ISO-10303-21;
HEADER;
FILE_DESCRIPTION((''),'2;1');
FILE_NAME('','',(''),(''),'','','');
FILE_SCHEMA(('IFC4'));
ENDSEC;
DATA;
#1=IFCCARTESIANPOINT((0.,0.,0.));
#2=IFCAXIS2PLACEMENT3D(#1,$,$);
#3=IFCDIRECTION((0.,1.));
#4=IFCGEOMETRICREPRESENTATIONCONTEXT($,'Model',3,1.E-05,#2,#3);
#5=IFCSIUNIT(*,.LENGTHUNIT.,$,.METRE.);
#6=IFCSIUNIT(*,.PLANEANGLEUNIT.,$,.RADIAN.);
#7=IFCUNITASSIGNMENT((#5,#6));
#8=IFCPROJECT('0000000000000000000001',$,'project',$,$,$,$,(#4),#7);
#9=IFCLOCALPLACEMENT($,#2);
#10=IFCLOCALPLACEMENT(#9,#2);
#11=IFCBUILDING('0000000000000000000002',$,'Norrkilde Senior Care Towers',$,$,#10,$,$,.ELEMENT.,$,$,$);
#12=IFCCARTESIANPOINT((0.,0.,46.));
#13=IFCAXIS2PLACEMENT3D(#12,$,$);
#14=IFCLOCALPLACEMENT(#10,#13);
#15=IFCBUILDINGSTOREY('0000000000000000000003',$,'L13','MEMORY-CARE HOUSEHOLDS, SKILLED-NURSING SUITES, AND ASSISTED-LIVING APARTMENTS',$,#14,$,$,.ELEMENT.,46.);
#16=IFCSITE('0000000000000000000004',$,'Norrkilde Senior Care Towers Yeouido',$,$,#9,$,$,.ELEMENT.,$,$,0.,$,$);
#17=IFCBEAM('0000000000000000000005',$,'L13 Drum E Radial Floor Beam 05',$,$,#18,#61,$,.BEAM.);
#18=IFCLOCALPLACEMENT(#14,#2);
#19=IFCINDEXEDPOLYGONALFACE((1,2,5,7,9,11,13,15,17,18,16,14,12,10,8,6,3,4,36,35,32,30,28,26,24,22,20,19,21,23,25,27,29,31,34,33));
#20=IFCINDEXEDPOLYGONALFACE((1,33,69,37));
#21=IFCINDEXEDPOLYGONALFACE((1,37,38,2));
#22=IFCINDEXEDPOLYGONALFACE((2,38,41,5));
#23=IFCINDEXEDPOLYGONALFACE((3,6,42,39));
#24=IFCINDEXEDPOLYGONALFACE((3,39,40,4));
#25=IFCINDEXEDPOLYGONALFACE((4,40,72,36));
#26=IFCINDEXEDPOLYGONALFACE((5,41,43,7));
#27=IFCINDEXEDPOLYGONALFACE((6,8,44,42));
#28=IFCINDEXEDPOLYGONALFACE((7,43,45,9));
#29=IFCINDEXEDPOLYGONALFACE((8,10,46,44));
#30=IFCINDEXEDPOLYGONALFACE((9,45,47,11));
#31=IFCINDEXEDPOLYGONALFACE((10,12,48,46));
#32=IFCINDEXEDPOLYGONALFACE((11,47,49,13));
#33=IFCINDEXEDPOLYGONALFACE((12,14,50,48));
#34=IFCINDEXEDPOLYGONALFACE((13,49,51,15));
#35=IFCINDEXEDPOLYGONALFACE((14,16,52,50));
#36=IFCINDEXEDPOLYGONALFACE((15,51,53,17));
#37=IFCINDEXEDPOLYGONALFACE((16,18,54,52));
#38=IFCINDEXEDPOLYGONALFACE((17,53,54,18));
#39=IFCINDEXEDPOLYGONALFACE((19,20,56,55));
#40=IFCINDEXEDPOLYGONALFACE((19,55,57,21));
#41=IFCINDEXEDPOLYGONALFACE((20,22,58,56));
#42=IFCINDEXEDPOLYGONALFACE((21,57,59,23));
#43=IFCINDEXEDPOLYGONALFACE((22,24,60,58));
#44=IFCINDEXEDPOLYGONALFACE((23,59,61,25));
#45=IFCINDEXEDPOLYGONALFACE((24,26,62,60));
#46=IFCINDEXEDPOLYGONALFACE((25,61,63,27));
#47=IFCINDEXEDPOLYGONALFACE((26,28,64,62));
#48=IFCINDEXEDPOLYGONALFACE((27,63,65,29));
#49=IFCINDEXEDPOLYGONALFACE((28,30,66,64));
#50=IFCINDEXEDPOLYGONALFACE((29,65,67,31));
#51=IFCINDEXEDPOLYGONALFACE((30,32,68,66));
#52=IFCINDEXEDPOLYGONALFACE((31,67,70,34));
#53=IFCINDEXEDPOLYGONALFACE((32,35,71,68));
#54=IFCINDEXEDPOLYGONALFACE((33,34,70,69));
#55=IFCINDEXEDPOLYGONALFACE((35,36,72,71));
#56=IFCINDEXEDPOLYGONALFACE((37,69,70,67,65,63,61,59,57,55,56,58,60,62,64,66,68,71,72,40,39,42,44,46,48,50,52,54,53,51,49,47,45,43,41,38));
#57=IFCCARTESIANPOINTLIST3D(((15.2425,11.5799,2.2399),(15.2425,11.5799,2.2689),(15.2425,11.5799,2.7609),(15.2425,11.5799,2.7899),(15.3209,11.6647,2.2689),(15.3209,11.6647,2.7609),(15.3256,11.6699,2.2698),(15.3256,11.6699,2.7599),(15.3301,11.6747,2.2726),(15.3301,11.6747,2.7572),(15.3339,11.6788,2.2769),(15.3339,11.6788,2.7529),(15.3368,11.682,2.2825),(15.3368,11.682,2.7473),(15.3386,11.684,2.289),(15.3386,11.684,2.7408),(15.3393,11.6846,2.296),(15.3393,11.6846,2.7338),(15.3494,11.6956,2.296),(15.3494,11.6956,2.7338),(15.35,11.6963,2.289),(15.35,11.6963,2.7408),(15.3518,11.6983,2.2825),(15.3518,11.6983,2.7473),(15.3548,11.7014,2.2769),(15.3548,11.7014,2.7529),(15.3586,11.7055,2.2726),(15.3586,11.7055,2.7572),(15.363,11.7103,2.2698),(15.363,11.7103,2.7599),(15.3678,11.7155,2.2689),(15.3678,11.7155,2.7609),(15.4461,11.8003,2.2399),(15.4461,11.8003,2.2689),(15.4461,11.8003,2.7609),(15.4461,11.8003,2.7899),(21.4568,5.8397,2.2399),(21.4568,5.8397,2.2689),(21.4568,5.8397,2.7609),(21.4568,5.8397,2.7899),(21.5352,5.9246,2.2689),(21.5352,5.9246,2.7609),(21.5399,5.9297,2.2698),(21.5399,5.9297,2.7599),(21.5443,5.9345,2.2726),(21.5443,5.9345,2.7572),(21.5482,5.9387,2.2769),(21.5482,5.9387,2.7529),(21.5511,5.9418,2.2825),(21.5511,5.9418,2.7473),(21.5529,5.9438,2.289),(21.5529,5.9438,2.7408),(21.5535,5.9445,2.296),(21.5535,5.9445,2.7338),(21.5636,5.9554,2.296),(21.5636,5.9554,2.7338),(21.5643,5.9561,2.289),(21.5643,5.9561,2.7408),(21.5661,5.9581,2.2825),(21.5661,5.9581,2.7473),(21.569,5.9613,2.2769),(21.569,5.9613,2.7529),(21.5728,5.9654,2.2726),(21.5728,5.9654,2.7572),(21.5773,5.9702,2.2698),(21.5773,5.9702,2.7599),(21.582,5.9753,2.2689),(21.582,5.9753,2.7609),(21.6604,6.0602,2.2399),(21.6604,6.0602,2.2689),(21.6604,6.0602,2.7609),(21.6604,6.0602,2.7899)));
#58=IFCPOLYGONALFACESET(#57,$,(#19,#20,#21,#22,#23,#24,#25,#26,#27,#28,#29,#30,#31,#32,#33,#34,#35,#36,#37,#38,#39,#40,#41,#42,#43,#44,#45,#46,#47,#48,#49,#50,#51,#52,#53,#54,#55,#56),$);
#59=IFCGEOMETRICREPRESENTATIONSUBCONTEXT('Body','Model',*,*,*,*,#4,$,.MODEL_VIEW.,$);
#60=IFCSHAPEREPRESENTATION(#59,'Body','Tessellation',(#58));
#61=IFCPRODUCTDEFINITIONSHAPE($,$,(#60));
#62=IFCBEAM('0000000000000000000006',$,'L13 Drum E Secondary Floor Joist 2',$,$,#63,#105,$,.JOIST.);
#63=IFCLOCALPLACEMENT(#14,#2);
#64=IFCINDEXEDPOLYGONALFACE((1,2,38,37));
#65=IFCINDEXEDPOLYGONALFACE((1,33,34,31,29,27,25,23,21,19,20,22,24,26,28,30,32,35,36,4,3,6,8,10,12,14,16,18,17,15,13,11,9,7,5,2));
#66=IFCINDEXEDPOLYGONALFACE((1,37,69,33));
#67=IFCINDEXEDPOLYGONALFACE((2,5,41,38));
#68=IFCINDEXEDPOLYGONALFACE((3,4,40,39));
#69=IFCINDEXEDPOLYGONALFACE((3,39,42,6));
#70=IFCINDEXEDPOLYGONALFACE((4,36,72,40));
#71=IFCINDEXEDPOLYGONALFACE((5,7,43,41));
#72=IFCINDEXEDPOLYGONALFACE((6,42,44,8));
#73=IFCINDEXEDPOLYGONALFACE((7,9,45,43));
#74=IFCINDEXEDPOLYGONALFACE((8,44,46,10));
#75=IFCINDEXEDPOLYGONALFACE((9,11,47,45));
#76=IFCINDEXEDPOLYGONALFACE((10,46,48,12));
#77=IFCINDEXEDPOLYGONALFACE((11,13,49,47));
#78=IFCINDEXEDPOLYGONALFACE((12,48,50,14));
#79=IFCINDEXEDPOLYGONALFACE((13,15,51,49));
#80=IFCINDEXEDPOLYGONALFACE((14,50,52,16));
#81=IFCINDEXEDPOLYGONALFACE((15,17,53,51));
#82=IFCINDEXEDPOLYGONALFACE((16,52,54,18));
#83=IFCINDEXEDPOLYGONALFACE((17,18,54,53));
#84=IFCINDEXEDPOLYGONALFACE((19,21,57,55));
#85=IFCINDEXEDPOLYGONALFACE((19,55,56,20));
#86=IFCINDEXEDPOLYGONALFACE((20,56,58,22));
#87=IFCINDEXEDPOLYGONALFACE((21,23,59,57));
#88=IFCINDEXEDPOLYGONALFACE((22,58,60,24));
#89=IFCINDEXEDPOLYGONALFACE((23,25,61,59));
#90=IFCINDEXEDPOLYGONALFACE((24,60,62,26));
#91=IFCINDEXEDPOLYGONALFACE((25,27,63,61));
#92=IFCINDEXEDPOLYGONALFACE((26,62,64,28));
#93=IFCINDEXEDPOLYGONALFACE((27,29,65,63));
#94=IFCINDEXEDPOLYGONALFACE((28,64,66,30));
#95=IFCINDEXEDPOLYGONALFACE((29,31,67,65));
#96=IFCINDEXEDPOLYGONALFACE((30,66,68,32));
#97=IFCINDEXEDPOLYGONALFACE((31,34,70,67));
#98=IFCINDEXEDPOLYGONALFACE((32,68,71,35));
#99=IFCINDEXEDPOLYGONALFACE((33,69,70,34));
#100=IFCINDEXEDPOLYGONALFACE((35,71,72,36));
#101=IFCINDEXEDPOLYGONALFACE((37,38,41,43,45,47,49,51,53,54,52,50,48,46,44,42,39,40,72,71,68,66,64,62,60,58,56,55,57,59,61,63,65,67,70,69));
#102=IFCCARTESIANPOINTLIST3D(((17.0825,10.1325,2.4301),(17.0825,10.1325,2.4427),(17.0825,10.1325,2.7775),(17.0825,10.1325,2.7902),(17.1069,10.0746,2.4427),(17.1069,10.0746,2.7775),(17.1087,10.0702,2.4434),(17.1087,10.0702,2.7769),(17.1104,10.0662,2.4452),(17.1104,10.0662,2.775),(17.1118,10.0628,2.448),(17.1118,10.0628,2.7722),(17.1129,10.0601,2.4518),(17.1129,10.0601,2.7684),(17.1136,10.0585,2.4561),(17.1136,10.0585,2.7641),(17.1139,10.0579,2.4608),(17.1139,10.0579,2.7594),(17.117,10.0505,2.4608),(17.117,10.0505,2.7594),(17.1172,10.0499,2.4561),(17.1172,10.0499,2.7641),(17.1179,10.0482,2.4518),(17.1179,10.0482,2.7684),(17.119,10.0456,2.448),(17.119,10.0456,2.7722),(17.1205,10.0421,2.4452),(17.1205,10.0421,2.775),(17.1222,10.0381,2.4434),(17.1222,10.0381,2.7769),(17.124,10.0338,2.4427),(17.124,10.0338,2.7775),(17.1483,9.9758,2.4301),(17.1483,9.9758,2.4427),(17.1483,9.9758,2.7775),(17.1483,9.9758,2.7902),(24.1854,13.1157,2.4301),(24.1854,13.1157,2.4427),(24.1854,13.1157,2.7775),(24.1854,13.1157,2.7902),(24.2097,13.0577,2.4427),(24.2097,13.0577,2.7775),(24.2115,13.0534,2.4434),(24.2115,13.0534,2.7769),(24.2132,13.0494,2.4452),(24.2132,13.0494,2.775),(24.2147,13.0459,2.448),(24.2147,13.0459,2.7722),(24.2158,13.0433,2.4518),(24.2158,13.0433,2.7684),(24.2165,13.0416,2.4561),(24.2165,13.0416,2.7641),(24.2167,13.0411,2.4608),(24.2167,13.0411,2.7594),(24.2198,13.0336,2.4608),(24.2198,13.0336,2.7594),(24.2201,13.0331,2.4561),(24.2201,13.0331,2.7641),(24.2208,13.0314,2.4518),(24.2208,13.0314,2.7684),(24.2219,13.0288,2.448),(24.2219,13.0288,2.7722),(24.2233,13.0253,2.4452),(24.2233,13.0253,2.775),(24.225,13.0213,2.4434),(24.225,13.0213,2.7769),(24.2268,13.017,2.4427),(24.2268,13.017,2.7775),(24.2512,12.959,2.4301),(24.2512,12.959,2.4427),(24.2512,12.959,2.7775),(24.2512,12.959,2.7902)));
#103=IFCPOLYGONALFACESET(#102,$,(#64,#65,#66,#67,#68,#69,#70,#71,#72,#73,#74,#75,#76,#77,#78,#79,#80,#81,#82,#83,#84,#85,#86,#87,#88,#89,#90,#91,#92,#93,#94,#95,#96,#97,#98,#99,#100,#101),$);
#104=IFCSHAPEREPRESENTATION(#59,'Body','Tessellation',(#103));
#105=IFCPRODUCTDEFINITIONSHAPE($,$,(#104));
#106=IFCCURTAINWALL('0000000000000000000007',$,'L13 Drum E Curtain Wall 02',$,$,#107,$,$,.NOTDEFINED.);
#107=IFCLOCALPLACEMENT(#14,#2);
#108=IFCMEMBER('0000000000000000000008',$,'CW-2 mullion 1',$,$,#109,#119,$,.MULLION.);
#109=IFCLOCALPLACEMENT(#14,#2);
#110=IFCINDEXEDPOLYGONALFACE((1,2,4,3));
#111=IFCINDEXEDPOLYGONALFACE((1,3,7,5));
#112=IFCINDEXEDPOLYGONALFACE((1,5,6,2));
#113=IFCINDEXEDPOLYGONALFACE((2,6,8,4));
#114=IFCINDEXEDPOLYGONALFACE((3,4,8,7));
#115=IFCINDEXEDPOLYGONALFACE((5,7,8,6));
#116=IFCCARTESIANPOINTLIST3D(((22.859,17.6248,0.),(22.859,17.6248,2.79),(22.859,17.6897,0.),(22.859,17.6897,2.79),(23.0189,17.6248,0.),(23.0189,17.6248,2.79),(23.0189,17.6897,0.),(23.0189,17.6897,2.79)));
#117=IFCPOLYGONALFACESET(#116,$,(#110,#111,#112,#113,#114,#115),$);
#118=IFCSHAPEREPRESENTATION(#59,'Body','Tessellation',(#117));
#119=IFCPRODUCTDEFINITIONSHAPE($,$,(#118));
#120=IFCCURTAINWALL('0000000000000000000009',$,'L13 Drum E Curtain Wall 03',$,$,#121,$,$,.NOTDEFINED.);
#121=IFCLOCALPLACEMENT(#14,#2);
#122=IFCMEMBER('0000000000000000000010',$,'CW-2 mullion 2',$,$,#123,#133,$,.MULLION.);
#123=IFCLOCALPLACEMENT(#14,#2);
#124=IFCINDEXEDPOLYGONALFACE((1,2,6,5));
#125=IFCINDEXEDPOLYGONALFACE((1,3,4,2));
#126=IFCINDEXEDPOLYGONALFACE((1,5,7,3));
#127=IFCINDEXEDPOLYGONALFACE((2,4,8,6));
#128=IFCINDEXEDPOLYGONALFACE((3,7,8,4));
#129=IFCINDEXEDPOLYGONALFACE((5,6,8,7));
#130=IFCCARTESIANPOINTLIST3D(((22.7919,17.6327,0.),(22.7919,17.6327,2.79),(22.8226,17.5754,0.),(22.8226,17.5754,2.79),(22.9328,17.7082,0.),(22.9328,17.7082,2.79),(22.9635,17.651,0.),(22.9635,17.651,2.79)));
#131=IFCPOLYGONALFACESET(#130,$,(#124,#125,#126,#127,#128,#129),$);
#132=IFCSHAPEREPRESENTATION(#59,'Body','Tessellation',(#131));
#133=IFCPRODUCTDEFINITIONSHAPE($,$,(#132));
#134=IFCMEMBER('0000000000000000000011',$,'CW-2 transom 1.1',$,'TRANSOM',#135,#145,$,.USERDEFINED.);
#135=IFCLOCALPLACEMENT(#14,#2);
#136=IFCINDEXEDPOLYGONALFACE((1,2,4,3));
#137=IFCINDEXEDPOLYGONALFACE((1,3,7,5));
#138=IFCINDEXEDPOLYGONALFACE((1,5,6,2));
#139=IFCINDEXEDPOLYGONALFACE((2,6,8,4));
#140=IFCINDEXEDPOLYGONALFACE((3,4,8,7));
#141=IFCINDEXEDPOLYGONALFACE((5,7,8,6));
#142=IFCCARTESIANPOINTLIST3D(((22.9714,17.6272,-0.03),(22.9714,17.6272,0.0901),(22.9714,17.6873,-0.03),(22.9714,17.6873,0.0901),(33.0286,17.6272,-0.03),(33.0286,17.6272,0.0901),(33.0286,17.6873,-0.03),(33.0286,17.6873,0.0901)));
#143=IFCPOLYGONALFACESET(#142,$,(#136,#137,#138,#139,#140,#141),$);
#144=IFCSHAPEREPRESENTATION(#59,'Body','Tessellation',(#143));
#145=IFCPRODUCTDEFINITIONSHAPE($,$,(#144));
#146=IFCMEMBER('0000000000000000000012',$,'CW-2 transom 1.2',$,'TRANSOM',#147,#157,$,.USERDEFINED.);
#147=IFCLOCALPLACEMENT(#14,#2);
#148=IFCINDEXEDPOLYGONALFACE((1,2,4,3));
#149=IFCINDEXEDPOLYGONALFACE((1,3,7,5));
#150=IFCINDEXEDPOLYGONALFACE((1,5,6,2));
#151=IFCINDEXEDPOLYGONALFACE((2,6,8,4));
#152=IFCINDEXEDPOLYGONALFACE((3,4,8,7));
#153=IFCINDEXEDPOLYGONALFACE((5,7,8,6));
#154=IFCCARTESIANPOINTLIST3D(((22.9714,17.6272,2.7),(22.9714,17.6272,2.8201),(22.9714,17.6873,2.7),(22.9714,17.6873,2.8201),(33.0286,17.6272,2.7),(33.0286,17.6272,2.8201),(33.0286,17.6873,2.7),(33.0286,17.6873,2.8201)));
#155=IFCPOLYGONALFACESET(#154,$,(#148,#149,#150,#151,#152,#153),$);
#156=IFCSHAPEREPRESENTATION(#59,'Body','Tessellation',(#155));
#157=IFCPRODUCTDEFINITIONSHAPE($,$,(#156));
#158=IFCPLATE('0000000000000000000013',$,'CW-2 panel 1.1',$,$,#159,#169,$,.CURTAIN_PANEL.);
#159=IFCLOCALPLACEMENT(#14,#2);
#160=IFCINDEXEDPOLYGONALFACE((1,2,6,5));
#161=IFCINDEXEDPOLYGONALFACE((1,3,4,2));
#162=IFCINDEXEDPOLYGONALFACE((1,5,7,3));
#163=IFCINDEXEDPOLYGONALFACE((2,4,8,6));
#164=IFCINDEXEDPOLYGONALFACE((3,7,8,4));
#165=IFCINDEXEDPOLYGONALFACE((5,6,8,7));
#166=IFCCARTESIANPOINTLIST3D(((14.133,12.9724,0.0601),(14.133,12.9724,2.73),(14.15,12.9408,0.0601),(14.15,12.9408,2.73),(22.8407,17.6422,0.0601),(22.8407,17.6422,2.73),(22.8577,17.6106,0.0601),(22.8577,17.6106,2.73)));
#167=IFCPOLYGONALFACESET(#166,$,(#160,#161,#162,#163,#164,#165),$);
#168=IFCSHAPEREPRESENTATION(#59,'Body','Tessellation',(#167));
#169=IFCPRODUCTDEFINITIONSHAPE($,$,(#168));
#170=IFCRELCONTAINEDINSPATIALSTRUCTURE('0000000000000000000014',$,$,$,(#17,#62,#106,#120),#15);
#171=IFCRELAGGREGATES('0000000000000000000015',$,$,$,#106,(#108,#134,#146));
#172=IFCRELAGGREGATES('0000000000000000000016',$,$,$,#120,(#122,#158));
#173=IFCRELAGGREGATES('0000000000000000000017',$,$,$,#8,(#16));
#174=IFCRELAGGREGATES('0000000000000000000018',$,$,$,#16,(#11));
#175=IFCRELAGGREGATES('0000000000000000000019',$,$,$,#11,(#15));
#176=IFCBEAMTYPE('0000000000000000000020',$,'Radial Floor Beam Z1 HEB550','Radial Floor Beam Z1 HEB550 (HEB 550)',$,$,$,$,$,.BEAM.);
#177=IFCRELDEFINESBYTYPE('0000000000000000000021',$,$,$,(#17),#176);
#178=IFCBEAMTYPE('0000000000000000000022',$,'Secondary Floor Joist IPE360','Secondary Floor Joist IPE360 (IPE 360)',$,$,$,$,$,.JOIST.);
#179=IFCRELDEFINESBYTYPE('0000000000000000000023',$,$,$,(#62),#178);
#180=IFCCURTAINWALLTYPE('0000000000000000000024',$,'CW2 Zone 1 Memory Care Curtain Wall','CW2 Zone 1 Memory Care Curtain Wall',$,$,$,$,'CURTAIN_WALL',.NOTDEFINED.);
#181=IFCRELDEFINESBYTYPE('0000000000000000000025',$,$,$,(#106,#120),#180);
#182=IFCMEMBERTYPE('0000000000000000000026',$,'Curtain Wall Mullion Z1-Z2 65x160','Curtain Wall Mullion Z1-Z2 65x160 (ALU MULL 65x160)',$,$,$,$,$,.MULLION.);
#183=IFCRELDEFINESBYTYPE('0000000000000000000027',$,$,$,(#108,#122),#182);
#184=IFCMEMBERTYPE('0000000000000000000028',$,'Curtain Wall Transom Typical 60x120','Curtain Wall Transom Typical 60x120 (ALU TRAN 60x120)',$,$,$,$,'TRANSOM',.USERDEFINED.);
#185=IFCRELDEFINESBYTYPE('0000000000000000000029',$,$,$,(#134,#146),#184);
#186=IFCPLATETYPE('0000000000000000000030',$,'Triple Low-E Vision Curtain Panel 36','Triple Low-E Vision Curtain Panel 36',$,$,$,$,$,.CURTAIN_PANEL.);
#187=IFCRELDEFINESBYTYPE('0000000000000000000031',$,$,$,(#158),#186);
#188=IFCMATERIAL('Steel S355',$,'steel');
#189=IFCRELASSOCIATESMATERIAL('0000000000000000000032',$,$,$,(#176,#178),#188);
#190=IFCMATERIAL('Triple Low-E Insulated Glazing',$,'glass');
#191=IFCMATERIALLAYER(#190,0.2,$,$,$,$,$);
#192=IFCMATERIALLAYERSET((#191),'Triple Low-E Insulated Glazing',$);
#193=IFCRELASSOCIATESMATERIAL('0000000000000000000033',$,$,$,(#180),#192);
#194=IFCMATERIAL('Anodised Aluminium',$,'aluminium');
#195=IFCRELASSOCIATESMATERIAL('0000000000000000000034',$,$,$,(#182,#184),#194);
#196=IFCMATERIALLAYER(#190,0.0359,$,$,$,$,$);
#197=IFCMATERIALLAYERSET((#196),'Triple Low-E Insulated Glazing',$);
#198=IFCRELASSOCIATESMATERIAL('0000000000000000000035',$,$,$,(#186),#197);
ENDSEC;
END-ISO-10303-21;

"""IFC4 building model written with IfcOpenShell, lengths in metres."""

from ifc_helpers import new_model, si_unit, direction, frame, origin, origin_2d, place, context, subcontext, project, spatial, rectangle, i_section, extrude, source, transform, mapped, material, layer, layer_set, material_profile, profile_set, type_object, type_shapes, element, aggregate, save


model = new_model("IFC4")

# Units and contexts
model_context = context("Model", 3, precision=1e-05, world=origin(), true_north=direction((0.0, 1.0)))
body_context = subcontext(model_context, "Body", "Model", "MODEL_VIEW")
ifc_project = project(units=[si_unit("LENGTHUNIT", "METRE"), si_unit("PLANEANGLEUNIT", "RADIAN")], contexts=[model_context])

# Site, building, storey
site_placement = place(None, origin())
site = spatial("IfcSite", under=ifc_project, at=site_placement, Name="Norrkilde Senior Care Towers Yeouido", CompositionType="ELEMENT", RefElevation=0.0)
building_placement = place(site_placement, origin())
building = spatial("IfcBuilding", under=site, at=building_placement, Name="Norrkilde Senior Care Towers", CompositionType="ELEMENT")
storey_placement = place(building_placement, frame((0.0, 0.0, 46.0)))
storey = spatial("IfcBuildingStorey", under=building, at=storey_placement, Name="L13", Description="MEMORY-CARE HOUSEHOLDS, SKILLED-NURSING SUITES, AND ASSISTED-LIVING APARTMENTS", CompositionType="ELEMENT", Elevation=46.0)

# Beams
ifc_material_1 = material(Name="Steel S355", Category="steel")
ifc_material_profile_1 = material_profile(ifc_material_1, i_section(OverallWidth=0.3, OverallDepth=0.55, WebThickness=0.0149, FlangeThickness=0.0291, FilletRadius=0.0271, at=origin_2d()), Name="HEB 550")
ifc_profile_set_1 = profile_set([ifc_material_profile_1], Name="Steel S355")
beam_type_1 = type_object("IfcBeamType", Name="Radial Floor Beam Z1 HEB550", Description="Radial Floor Beam Z1 HEB550 (HEB 550)", PredefinedType="BEAM", material=ifc_profile_set_1)
shared_shape_1 = source(origin(), body_context, "Body", "SweptSolid", [
    extrude(i_section(OverallWidth=0.3, OverallDepth=0.55, WebThickness=0.0149, FlangeThickness=0.0291, FilletRadius=0.0271, at=origin_2d()), origin(), (0.0, 0.0, 1.0), 8.4597),
])
beam_1_placement = place(storey_placement, frame((21.5586, 5.95, 2.5149), z_axis=(-0.734573, 0.678529, 0.0), x_axis=(-0.678529, -0.734573, 0.0)))
element("IfcBeam", 1, at=beam_1_placement, inside=storey, type_object=beam_type_1, Name="L13 Drum E Radial Floor Beam 05", PredefinedType="BEAM", context=body_context, shape_type="MappedRepresentation", body=[
    mapped(shared_shape_1, transform((0.0, 0.0, 0.0), x_axis=(1.0, 0.0, 0.0), y_axis=(0.0, 1.0, 0.0), z_axis=(0.0, 0.0, 1.0), scale=1.0)),
])
ifc_material_profile_2 = material_profile(ifc_material_1, i_section(OverallWidth=0.1699, OverallDepth=0.3601, WebThickness=0.0081, FlangeThickness=0.0127, FilletRadius=0.0181, at=origin_2d()), Name="IPE 360")
ifc_profile_set_2 = profile_set([ifc_material_profile_2], Name="Steel S355")
beam_type_2 = type_object("IfcBeamType", Name="Secondary Floor Joist IPE360", Description="Secondary Floor Joist IPE360 (IPE 360)", PredefinedType="JOIST", material=ifc_profile_set_2)
shared_shape_2 = source(origin(), body_context, "Body", "SweptSolid", [
    extrude(i_section(OverallWidth=0.1699, OverallDepth=0.3601, WebThickness=0.0081, FlangeThickness=0.0127, FilletRadius=0.0181, at=origin_2d()), origin(), (0.0, 0.0, 1.0), 7.7039),
])
type_shapes(beam_type_2, [shared_shape_2])
beam_2_placement = place(storey_placement, frame((24.2183, 13.0374, 2.6101), z_axis=(-0.921983, -0.387231, 0.0), x_axis=(0.387231, -0.921983, 0.0)))
element("IfcBeam", 2, at=beam_2_placement, inside=storey, type_object=beam_type_2, Name="L13 Drum E Secondary Floor Joist 2", PredefinedType="JOIST", context=body_context, shape_type="MappedRepresentation", body=[
    mapped(shared_shape_2, transform((0.0, 0.0, 0.0), x_axis=(1.0, 0.0, 0.0), y_axis=(0.0, 1.0, 0.0), z_axis=(0.0, 0.0, 1.0), scale=1.0)),
])

# Curtain walls, members
ifc_material_2 = material(Name="Triple Low-E Insulated Glazing", Category="glass")
ifc_layer_1 = layer(ifc_material_2, 0.2)
ifc_layer_set_1 = layer_set([ifc_layer_1], Name="Triple Low-E Insulated Glazing")
curtain_wall_type = type_object("IfcCurtainWallType", Name="CW2 Zone 1 Memory Care Curtain Wall", Description="CW2 Zone 1 Memory Care Curtain Wall", ElementType="CURTAIN_WALL", PredefinedType="NOTDEFINED", material=ifc_layer_set_1)
curtain_wall_1_placement = place(storey_placement, origin())
curtain_wall_1 = element("IfcCurtainWall", 3, at=curtain_wall_1_placement, inside=storey, type_object=curtain_wall_type, Name="L13 Drum E Curtain Wall 02", PredefinedType="NOTDEFINED")
ifc_material_3 = material(Name="Anodised Aluminium", Category="aluminium")
ifc_material_profile_3 = material_profile(ifc_material_3, rectangle(XDim=0.0649, YDim=0.1599, at=origin_2d()), Name="ALU MULL 65x160")
ifc_profile_set_3 = profile_set([ifc_material_profile_3], Name="Anodised Aluminium")
member_type_1 = type_object("IfcMemberType", Name="Curtain Wall Mullion Z1-Z2 65x160", Description="Curtain Wall Mullion Z1-Z2 65x160 (ALU MULL 65x160)", PredefinedType="MULLION", material=ifc_profile_set_3)
shared_shape_3 = source(origin(), body_context, "Body", "SweptSolid", [
    extrude(rectangle(XDim=0.0649, YDim=0.1599, at=origin_2d()), origin(), (0.0, 0.0, 1.0), 2.79),
])
type_shapes(member_type_1, [shared_shape_3])
member_1_placement = place(storey_placement, frame((22.939, 17.6572, 0.0), z_axis=(0.0, 0.0, 1.0), x_axis=(0.0, 1.0, 0.0)))
member_1 = element("IfcMember", 4, at=member_1_placement, type_object=member_type_1, Name="CW-2 mullion 1", PredefinedType="MULLION", context=body_context, shape_type="MappedRepresentation", body=[
    mapped(shared_shape_3, transform((0.0, 0.0, 0.0), x_axis=(1.0, 0.0, 0.0), y_axis=(0.0, 1.0, 0.0), z_axis=(0.0, 0.0, 1.0), scale=1.0)),
])
curtain_wall_2_placement = place(storey_placement, origin())
curtain_wall_2 = element("IfcCurtainWall", 5, at=curtain_wall_2_placement, inside=storey, type_object=curtain_wall_type, Name="L13 Drum E Curtain Wall 03", PredefinedType="NOTDEFINED")
member_2_placement = place(storey_placement, frame((22.8777, 17.6418, 0.0), z_axis=(0.0, 0.0, 1.0), x_axis=(-0.472608, 0.881273, 0.0)))
member_2 = element("IfcMember", 6, at=member_2_placement, type_object=member_type_1, Name="CW-2 mullion 2", PredefinedType="MULLION", context=body_context, shape_type="MappedRepresentation", body=[
    mapped(shared_shape_3, transform((0.0, 0.0, 0.0), x_axis=(1.0, 0.0, 0.0), y_axis=(0.0, 1.0, 0.0), z_axis=(0.0, 0.0, 1.0), scale=1.0)),
])

# Members
ifc_material_profile_4 = material_profile(ifc_material_3, rectangle(XDim=0.0601, YDim=0.1201, at=origin_2d()), Name="ALU TRAN 60x120")
ifc_profile_set_4 = profile_set([ifc_material_profile_4], Name="Anodised Aluminium")
member_type_2 = type_object("IfcMemberType", Name="Curtain Wall Transom Typical 60x120", Description="Curtain Wall Transom Typical 60x120 (ALU TRAN 60x120)", ElementType="TRANSOM", PredefinedType="USERDEFINED", material=ifc_profile_set_4)
shared_shape_4 = source(origin(), body_context, "Body", "SweptSolid", [
    extrude(rectangle(XDim=0.0601, YDim=0.1201, at=origin_2d()), origin(), (0.0, 0.0, 1.0), 10.0571),
])
type_shapes(member_type_2, [shared_shape_4])
member_3_placement = place(storey_placement, frame((22.9714, 17.6572, 0.03), z_axis=(1.0, 0.0, 0.0), x_axis=(0.0, 1.0, 0.0)))
member_3 = element("IfcMember", 7, at=member_3_placement, type_object=member_type_2, Name="CW-2 transom 1.1", ObjectType="TRANSOM", PredefinedType="USERDEFINED", context=body_context, shape_type="MappedRepresentation", body=[
    mapped(shared_shape_4, transform((0.0, 0.0, 0.0), x_axis=(1.0, 0.0, 0.0), y_axis=(0.0, 1.0, 0.0), z_axis=(0.0, 0.0, 1.0), scale=1.0)),
])
member_4_placement = place(storey_placement, frame((22.9714, 17.6572, 2.76), z_axis=(1.0, 0.0, 0.0), x_axis=(0.0, 1.0, 0.0)))
member_4 = element("IfcMember", 8, at=member_4_placement, type_object=member_type_2, Name="CW-2 transom 1.2", ObjectType="TRANSOM", PredefinedType="USERDEFINED", context=body_context, shape_type="MappedRepresentation", body=[
    mapped(shared_shape_4, transform((0.0, 0.0, 0.0), x_axis=(1.0, 0.0, 0.0), y_axis=(0.0, 1.0, 0.0), z_axis=(0.0, 0.0, 1.0), scale=1.0)),
])
aggregate(curtain_wall_1, [member_1, member_3, member_4])

# Plate
ifc_layer_2 = layer(ifc_material_2, 0.0359)
ifc_layer_set_2 = layer_set([ifc_layer_2], Name="Triple Low-E Insulated Glazing")
plate_type = type_object("IfcPlateType", Name="Triple Low-E Vision Curtain Panel 36", Description="Triple Low-E Vision Curtain Panel 36", PredefinedType="CURTAIN_PANEL", material=ifc_layer_set_2)
shared_shape_5 = source(origin(), body_context, "Body", "SweptSolid", [
    extrude(rectangle(XDim=9.8809, YDim=0.0359, at=origin_2d()), origin(), (0.0, 0.0, 1.0), 2.6699),
])
type_shapes(plate_type, [shared_shape_5])
plate_placement = place(storey_placement, frame((18.4954, 15.2915, 0.0601), z_axis=(0.0, 0.0, 1.0), x_axis=(0.881273, 0.472608, 0.0)))
plate = element("IfcPlate", 9, at=plate_placement, type_object=plate_type, Name="CW-2 panel 1.1", PredefinedType="CURTAIN_PANEL", context=body_context, shape_type="MappedRepresentation", body=[
    mapped(shared_shape_5, transform((0.0, 0.0, 0.0), x_axis=(1.0, 0.0, 0.0), y_axis=(0.0, 1.0, 0.0), z_axis=(0.0, 0.0, 1.0), scale=1.0)),
])
aggregate(curtain_wall_2, [member_2, plate])

save(model, "model.ifc")
